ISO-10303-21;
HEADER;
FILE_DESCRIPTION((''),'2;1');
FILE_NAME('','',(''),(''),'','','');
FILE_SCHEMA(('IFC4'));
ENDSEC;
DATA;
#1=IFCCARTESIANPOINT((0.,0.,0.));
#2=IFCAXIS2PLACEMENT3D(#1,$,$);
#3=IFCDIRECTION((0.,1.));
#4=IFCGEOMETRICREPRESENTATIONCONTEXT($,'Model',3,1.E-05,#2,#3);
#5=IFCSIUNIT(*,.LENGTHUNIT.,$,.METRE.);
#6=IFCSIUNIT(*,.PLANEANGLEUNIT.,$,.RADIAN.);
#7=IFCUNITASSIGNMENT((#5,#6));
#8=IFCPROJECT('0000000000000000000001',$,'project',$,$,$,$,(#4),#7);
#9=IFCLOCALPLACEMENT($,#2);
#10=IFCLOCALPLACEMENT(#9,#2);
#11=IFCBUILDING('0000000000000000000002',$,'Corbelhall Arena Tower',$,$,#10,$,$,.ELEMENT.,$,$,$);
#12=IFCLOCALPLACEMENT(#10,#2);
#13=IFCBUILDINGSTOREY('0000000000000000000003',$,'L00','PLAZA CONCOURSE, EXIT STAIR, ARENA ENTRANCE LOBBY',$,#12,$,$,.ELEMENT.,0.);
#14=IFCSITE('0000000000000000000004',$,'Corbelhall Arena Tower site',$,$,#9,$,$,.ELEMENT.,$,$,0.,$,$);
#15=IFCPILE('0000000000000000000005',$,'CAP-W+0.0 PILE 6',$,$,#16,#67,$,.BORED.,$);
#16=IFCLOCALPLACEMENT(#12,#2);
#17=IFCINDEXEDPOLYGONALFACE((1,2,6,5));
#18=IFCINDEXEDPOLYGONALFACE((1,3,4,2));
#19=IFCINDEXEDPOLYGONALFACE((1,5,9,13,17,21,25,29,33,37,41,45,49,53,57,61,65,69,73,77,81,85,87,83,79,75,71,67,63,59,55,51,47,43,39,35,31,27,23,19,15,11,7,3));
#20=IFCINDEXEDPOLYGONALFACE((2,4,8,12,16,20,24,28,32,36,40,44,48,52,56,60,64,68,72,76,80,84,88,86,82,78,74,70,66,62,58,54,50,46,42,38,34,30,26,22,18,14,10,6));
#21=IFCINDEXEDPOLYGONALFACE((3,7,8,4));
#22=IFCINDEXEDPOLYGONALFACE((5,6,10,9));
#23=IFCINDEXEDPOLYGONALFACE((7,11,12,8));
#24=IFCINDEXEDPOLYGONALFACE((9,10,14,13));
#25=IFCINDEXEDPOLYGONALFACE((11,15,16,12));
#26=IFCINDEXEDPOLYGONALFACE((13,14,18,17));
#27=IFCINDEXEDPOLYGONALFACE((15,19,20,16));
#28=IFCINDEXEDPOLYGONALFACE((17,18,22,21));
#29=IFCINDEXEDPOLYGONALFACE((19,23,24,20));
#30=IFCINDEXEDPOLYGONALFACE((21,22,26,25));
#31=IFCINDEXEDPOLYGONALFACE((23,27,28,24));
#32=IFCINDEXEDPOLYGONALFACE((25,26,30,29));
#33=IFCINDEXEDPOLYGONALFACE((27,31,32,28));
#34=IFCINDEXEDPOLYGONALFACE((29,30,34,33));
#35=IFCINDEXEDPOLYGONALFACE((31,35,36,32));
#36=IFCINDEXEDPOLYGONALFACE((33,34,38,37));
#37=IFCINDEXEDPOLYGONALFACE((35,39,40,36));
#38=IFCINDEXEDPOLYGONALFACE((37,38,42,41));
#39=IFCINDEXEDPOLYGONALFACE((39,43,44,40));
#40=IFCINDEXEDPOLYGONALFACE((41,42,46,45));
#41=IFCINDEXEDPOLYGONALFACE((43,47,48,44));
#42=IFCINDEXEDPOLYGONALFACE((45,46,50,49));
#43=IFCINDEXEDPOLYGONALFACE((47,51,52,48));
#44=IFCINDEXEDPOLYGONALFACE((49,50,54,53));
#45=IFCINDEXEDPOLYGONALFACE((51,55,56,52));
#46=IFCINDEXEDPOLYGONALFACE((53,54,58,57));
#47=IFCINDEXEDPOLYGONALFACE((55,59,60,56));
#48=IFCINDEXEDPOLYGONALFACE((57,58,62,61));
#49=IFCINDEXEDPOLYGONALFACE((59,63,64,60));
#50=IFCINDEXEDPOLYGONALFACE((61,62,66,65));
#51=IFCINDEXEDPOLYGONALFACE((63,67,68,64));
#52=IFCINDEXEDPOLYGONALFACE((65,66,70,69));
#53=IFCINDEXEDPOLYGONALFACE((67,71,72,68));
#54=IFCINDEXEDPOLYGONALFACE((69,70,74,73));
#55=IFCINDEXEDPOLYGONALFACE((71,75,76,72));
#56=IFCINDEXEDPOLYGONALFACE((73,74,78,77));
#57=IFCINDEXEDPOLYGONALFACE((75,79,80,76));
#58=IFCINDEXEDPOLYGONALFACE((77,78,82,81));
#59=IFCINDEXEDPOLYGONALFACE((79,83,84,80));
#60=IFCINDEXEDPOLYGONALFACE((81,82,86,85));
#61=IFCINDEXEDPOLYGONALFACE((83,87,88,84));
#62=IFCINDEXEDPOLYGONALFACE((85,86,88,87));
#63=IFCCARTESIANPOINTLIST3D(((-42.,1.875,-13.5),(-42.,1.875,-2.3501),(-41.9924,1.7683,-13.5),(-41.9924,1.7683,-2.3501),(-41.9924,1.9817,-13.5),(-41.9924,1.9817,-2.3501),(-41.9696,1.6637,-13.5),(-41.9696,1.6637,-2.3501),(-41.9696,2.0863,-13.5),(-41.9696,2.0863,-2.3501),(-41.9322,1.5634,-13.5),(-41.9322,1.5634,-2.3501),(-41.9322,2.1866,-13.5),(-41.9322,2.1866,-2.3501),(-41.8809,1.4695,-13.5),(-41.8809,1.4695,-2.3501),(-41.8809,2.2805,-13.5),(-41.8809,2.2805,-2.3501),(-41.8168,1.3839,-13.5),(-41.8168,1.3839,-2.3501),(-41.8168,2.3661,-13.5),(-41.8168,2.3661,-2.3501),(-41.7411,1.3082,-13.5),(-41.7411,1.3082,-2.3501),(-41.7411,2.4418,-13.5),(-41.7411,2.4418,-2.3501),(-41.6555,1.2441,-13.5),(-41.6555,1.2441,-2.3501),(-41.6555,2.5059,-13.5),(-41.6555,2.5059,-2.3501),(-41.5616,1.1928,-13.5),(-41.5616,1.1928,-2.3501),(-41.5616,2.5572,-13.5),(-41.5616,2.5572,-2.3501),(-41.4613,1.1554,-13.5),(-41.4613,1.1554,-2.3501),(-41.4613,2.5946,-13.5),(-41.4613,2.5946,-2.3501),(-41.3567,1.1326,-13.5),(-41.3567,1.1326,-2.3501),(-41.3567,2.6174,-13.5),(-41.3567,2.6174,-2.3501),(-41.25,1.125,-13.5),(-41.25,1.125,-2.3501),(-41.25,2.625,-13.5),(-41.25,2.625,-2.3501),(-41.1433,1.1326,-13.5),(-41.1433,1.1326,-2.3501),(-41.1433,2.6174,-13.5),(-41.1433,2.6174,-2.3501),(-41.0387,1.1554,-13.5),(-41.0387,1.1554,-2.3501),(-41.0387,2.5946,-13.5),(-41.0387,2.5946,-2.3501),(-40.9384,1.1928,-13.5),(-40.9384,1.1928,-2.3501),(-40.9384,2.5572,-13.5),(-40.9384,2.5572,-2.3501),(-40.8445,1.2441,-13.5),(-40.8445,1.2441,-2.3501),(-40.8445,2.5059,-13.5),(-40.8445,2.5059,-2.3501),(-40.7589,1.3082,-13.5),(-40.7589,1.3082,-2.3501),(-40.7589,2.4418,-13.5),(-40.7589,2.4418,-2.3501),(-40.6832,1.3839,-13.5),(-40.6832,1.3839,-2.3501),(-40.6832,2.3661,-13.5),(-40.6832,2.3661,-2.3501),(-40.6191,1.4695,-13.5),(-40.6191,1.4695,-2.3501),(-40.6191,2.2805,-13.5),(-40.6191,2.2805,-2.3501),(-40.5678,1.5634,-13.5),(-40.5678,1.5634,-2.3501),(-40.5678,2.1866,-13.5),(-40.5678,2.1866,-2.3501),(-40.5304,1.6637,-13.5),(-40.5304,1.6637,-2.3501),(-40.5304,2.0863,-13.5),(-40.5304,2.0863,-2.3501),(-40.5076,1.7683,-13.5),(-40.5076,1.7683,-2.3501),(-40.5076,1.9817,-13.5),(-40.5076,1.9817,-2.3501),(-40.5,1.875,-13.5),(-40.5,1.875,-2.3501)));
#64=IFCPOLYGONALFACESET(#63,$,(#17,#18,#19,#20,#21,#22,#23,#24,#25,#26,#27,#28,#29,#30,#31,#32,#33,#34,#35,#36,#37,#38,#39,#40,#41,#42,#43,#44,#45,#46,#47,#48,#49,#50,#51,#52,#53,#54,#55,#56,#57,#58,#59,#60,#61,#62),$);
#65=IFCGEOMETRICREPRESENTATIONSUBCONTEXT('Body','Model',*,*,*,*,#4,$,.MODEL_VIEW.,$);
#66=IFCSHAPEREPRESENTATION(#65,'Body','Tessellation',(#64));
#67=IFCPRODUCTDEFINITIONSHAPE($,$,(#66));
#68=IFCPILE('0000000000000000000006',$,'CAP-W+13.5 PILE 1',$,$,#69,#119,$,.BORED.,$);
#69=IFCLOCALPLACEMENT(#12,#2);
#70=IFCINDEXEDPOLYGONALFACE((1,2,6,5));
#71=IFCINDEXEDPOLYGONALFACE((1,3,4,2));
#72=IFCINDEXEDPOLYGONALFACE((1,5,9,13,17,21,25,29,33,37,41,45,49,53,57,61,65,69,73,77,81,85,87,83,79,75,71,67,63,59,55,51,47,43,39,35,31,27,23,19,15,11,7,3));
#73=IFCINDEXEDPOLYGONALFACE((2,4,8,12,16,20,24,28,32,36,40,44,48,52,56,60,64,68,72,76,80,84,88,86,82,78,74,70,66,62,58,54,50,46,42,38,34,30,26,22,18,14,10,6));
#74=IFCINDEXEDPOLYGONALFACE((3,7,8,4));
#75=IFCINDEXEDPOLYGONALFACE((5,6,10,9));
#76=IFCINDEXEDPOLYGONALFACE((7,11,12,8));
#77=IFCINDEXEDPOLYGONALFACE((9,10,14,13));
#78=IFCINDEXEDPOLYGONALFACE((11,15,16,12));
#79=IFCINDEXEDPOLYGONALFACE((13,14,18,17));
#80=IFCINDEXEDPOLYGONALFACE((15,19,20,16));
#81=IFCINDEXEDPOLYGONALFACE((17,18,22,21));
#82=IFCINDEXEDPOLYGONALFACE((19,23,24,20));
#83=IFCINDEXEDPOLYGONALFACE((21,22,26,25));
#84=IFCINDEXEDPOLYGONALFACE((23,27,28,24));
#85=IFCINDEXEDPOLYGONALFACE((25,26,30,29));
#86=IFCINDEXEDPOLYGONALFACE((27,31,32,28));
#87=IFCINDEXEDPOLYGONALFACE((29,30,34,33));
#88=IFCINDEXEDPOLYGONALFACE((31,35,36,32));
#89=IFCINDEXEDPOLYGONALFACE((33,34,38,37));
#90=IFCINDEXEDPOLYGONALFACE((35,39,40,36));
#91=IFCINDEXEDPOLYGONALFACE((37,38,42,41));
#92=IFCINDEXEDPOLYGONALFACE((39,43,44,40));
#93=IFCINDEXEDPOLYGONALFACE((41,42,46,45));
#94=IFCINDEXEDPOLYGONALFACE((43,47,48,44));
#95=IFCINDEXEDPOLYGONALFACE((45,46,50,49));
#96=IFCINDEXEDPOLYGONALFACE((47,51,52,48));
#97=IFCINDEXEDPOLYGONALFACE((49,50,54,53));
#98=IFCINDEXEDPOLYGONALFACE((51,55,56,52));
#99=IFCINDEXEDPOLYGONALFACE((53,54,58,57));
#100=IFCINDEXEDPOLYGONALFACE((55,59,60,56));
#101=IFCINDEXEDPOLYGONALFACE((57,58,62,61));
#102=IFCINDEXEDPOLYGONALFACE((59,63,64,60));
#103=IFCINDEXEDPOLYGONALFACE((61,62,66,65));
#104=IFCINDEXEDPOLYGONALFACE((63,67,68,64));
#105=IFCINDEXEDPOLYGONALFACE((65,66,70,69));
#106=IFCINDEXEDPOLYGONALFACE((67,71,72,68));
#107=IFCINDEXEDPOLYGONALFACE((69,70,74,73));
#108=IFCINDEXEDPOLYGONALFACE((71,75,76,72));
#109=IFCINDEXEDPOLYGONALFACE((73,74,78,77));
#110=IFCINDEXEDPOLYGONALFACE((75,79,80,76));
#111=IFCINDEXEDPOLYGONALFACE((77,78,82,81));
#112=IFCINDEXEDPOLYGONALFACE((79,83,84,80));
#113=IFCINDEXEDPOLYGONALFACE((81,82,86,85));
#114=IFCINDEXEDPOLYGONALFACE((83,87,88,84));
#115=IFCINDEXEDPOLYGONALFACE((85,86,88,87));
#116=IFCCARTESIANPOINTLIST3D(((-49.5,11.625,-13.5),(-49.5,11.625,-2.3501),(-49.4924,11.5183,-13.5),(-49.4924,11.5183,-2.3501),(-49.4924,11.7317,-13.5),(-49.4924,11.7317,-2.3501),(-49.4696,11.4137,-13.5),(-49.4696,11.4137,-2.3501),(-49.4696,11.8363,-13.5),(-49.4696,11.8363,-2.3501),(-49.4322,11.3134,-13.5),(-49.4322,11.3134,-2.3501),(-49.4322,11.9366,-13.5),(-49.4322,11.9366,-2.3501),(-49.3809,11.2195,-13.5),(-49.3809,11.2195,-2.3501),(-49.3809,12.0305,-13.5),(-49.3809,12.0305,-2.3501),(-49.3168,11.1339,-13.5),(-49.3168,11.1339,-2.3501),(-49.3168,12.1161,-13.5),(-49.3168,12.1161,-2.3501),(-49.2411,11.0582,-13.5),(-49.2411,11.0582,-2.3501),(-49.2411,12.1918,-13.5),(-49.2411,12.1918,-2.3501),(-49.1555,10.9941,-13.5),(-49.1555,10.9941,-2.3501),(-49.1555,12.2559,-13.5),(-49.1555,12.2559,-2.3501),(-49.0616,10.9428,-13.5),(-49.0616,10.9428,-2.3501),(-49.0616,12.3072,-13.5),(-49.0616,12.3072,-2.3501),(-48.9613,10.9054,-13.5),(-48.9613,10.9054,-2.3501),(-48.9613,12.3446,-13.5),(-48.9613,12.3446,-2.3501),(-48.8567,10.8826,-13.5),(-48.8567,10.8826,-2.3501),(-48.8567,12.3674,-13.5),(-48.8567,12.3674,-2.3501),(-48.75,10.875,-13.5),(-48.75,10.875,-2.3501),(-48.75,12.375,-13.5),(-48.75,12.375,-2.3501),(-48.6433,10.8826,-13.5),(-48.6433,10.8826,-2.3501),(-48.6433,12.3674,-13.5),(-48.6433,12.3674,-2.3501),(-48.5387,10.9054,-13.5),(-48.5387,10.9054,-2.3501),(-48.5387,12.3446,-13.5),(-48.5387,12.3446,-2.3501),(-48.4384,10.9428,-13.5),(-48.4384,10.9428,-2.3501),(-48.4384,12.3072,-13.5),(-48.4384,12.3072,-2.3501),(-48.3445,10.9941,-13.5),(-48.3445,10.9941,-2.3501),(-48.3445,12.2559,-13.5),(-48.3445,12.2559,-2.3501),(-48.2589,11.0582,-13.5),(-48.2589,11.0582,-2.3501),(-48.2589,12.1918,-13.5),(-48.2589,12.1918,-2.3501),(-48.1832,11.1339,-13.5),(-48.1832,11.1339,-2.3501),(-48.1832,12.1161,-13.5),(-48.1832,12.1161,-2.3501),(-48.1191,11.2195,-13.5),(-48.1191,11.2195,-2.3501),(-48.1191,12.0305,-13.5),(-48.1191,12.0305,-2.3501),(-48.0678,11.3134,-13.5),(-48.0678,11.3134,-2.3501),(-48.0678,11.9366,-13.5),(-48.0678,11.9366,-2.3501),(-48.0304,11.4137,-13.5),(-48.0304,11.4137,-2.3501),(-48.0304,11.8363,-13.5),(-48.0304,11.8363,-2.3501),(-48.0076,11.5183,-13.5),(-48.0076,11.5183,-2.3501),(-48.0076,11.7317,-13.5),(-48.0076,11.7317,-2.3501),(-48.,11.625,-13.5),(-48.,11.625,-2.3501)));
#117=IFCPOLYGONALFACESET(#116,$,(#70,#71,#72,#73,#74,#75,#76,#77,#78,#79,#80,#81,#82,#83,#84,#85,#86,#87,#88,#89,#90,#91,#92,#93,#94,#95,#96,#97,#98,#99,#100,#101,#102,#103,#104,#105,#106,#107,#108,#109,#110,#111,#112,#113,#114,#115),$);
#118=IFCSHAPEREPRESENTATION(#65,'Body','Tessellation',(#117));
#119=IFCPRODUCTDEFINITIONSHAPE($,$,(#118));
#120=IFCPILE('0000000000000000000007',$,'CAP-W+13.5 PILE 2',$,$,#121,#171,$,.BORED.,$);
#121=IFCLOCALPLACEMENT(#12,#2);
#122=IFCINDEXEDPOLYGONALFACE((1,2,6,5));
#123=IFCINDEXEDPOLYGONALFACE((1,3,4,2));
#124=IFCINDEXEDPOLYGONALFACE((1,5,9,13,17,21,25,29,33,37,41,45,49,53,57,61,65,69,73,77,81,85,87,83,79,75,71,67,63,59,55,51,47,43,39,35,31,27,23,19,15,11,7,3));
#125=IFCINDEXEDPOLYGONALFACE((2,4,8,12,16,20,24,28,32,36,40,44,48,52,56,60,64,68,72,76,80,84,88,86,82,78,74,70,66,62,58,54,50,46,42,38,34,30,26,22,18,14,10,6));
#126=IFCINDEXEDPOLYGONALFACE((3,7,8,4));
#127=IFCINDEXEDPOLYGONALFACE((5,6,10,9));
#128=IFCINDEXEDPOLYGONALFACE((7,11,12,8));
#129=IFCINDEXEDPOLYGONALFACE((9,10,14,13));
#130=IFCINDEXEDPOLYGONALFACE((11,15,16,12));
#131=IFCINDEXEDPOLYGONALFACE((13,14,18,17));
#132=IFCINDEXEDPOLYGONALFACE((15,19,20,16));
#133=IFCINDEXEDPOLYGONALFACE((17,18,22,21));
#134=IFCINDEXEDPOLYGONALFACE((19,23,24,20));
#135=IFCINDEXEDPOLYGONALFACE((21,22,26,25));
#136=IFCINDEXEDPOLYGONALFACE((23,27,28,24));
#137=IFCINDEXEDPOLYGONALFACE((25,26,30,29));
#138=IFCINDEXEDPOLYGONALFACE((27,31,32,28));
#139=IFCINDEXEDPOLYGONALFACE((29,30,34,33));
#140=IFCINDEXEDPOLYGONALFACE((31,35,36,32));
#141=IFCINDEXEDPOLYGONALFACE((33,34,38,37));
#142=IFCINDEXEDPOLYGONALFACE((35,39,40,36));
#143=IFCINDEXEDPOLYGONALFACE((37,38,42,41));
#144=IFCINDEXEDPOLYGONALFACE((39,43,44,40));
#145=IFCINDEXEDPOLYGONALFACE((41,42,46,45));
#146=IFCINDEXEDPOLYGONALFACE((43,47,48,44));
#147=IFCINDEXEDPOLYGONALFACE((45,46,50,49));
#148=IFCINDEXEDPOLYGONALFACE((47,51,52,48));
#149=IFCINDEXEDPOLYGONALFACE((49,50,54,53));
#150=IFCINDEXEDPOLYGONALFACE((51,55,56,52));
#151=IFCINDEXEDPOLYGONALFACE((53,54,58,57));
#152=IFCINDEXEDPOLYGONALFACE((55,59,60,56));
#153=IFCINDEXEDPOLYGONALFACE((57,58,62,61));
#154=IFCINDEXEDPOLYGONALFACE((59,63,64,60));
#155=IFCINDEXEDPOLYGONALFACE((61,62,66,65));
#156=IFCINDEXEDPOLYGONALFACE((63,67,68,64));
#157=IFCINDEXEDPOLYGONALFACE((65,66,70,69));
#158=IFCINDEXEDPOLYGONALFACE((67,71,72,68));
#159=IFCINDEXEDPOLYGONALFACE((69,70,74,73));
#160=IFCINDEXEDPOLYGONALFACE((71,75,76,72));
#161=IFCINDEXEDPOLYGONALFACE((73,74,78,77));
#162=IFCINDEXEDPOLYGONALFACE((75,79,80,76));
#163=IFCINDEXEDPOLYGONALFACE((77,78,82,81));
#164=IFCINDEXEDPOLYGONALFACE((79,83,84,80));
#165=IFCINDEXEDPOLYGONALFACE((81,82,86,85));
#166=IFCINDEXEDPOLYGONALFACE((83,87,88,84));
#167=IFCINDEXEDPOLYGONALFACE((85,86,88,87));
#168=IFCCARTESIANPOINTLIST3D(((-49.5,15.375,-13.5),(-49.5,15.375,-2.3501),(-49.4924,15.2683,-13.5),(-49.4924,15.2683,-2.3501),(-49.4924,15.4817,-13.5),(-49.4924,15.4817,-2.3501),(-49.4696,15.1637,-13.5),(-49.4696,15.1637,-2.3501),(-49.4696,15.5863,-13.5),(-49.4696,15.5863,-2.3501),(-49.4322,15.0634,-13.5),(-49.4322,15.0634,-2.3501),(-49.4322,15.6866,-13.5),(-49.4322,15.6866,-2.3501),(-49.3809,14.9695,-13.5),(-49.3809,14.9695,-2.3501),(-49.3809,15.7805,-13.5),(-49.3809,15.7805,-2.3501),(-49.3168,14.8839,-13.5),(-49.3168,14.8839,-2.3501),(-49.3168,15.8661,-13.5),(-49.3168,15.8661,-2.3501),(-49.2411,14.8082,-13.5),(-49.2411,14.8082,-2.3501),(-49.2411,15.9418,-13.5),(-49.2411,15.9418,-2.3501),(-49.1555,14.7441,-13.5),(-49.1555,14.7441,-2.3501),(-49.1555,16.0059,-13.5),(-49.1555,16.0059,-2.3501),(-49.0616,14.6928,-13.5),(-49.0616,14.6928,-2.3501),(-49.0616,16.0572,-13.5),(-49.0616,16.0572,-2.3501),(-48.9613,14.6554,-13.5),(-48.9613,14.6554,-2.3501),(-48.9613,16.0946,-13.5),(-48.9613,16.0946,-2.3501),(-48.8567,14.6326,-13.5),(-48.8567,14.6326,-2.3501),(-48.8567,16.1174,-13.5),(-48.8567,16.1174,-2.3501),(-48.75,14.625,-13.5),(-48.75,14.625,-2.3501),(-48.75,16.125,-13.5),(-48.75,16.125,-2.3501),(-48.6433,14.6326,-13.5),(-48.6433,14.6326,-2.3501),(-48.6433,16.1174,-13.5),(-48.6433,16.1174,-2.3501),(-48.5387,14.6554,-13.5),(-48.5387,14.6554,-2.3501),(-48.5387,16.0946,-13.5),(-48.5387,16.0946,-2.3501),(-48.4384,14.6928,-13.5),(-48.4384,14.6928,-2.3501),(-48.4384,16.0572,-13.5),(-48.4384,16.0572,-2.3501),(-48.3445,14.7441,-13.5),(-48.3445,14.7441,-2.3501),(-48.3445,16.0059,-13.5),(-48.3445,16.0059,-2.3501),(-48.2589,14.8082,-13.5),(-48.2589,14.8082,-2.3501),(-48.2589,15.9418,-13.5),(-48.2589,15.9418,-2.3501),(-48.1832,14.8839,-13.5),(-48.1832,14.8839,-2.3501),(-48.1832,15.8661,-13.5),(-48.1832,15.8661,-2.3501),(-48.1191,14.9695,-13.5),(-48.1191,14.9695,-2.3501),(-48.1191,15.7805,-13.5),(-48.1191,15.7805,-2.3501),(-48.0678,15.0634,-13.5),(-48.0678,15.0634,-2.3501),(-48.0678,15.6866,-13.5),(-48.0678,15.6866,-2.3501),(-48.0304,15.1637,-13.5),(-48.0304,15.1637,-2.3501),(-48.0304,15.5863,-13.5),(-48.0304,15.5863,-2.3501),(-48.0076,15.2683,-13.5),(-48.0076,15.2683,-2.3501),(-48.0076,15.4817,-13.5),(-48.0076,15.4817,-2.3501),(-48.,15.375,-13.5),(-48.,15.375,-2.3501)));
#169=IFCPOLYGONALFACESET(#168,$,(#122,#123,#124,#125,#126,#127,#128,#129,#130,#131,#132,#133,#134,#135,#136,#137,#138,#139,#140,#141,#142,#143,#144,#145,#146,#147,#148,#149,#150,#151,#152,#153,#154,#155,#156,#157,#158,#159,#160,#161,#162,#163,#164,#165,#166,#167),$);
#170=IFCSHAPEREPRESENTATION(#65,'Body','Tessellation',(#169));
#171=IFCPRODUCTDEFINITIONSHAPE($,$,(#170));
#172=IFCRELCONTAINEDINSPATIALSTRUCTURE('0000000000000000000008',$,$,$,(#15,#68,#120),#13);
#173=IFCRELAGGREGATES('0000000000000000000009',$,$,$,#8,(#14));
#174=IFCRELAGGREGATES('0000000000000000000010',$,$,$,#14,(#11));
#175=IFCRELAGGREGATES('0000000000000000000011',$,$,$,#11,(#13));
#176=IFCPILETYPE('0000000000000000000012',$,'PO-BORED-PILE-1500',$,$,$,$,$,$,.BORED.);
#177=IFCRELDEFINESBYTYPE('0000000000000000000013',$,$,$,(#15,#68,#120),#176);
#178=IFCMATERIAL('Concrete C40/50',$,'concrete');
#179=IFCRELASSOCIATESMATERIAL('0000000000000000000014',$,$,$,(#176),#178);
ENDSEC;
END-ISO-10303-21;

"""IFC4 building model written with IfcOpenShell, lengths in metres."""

from ifc_helpers import new_model, si_unit, direction, frame, origin, origin_2d, place, context, subcontext, project, spatial, circle, extrude, material, material_profile, profile_set, type_object, element, save


model = new_model("IFC4")

# Units and contexts
model_context = context("Model", 3, precision=1e-05, world=origin(), true_north=direction((0.0, 1.0)))
body_context = subcontext(model_context, "Body", "Model", "MODEL_VIEW")
ifc_project = project(units=[si_unit("LENGTHUNIT", "METRE"), si_unit("PLANEANGLEUNIT", "RADIAN")], contexts=[model_context])

# Site, building, storey
site_placement = place(None, origin())
site = spatial("IfcSite", under=ifc_project, at=site_placement, Name="Corbelhall Arena Tower site", CompositionType="ELEMENT", RefElevation=0.0)
building_placement = place(site_placement, origin())
building = spatial("IfcBuilding", under=site, at=building_placement, Name="Corbelhall Arena Tower", CompositionType="ELEMENT")
storey_placement = place(building_placement, origin())
storey = spatial("IfcBuildingStorey", under=building, at=storey_placement, Name="L00", Description="PLAZA CONCOURSE, EXIT STAIR, ARENA ENTRANCE LOBBY", CompositionType="ELEMENT", Elevation=0.0)

# Piles
ifc_material_1 = material(Name="Concrete C40/50", Category="concrete")
ifc_material_profile_1 = material_profile(ifc_material_1, circle(Radius=0.75, at=origin_2d()))
ifc_profile_set_1 = profile_set([ifc_material_profile_1], Name="Concrete C40/50")
pile_type_1 = type_object("IfcPileType", Name="PO-BORED-PILE-1500", PredefinedType="BORED", material=ifc_profile_set_1)
for number, where, z_axis, x_axis, name in (
    (1, (-41.25, 1.875, -2.3501), (0.0, 0.0, -1.0), (1.0, 0.0, 0.0), "CAP-W+0.0 PILE 6"),
    (2, (-48.75, 11.625, -2.3501), (0.0, 0.0, -1.0), (1.0, 0.0, 0.0), "CAP-W+13.5 PILE 1"),
    (3, (-48.75, 15.375, -2.3501), (0.0, 0.0, -1.0), (1.0, 0.0, 0.0), "CAP-W+13.5 PILE 2"),
):
    element("IfcPile", number, at=place(storey_placement, frame(where, z_axis=z_axis, x_axis=x_axis)), inside=storey, type_object=pile_type_1, Name=name, PredefinedType="BORED", context=body_context, shape_type="SweptSolid", body=[
        extrude(circle(Radius=0.75, at=origin_2d()), origin(), (0.0, 0.0, 1.0), 11.1499),
    ])

save(model, "model.ifc")
